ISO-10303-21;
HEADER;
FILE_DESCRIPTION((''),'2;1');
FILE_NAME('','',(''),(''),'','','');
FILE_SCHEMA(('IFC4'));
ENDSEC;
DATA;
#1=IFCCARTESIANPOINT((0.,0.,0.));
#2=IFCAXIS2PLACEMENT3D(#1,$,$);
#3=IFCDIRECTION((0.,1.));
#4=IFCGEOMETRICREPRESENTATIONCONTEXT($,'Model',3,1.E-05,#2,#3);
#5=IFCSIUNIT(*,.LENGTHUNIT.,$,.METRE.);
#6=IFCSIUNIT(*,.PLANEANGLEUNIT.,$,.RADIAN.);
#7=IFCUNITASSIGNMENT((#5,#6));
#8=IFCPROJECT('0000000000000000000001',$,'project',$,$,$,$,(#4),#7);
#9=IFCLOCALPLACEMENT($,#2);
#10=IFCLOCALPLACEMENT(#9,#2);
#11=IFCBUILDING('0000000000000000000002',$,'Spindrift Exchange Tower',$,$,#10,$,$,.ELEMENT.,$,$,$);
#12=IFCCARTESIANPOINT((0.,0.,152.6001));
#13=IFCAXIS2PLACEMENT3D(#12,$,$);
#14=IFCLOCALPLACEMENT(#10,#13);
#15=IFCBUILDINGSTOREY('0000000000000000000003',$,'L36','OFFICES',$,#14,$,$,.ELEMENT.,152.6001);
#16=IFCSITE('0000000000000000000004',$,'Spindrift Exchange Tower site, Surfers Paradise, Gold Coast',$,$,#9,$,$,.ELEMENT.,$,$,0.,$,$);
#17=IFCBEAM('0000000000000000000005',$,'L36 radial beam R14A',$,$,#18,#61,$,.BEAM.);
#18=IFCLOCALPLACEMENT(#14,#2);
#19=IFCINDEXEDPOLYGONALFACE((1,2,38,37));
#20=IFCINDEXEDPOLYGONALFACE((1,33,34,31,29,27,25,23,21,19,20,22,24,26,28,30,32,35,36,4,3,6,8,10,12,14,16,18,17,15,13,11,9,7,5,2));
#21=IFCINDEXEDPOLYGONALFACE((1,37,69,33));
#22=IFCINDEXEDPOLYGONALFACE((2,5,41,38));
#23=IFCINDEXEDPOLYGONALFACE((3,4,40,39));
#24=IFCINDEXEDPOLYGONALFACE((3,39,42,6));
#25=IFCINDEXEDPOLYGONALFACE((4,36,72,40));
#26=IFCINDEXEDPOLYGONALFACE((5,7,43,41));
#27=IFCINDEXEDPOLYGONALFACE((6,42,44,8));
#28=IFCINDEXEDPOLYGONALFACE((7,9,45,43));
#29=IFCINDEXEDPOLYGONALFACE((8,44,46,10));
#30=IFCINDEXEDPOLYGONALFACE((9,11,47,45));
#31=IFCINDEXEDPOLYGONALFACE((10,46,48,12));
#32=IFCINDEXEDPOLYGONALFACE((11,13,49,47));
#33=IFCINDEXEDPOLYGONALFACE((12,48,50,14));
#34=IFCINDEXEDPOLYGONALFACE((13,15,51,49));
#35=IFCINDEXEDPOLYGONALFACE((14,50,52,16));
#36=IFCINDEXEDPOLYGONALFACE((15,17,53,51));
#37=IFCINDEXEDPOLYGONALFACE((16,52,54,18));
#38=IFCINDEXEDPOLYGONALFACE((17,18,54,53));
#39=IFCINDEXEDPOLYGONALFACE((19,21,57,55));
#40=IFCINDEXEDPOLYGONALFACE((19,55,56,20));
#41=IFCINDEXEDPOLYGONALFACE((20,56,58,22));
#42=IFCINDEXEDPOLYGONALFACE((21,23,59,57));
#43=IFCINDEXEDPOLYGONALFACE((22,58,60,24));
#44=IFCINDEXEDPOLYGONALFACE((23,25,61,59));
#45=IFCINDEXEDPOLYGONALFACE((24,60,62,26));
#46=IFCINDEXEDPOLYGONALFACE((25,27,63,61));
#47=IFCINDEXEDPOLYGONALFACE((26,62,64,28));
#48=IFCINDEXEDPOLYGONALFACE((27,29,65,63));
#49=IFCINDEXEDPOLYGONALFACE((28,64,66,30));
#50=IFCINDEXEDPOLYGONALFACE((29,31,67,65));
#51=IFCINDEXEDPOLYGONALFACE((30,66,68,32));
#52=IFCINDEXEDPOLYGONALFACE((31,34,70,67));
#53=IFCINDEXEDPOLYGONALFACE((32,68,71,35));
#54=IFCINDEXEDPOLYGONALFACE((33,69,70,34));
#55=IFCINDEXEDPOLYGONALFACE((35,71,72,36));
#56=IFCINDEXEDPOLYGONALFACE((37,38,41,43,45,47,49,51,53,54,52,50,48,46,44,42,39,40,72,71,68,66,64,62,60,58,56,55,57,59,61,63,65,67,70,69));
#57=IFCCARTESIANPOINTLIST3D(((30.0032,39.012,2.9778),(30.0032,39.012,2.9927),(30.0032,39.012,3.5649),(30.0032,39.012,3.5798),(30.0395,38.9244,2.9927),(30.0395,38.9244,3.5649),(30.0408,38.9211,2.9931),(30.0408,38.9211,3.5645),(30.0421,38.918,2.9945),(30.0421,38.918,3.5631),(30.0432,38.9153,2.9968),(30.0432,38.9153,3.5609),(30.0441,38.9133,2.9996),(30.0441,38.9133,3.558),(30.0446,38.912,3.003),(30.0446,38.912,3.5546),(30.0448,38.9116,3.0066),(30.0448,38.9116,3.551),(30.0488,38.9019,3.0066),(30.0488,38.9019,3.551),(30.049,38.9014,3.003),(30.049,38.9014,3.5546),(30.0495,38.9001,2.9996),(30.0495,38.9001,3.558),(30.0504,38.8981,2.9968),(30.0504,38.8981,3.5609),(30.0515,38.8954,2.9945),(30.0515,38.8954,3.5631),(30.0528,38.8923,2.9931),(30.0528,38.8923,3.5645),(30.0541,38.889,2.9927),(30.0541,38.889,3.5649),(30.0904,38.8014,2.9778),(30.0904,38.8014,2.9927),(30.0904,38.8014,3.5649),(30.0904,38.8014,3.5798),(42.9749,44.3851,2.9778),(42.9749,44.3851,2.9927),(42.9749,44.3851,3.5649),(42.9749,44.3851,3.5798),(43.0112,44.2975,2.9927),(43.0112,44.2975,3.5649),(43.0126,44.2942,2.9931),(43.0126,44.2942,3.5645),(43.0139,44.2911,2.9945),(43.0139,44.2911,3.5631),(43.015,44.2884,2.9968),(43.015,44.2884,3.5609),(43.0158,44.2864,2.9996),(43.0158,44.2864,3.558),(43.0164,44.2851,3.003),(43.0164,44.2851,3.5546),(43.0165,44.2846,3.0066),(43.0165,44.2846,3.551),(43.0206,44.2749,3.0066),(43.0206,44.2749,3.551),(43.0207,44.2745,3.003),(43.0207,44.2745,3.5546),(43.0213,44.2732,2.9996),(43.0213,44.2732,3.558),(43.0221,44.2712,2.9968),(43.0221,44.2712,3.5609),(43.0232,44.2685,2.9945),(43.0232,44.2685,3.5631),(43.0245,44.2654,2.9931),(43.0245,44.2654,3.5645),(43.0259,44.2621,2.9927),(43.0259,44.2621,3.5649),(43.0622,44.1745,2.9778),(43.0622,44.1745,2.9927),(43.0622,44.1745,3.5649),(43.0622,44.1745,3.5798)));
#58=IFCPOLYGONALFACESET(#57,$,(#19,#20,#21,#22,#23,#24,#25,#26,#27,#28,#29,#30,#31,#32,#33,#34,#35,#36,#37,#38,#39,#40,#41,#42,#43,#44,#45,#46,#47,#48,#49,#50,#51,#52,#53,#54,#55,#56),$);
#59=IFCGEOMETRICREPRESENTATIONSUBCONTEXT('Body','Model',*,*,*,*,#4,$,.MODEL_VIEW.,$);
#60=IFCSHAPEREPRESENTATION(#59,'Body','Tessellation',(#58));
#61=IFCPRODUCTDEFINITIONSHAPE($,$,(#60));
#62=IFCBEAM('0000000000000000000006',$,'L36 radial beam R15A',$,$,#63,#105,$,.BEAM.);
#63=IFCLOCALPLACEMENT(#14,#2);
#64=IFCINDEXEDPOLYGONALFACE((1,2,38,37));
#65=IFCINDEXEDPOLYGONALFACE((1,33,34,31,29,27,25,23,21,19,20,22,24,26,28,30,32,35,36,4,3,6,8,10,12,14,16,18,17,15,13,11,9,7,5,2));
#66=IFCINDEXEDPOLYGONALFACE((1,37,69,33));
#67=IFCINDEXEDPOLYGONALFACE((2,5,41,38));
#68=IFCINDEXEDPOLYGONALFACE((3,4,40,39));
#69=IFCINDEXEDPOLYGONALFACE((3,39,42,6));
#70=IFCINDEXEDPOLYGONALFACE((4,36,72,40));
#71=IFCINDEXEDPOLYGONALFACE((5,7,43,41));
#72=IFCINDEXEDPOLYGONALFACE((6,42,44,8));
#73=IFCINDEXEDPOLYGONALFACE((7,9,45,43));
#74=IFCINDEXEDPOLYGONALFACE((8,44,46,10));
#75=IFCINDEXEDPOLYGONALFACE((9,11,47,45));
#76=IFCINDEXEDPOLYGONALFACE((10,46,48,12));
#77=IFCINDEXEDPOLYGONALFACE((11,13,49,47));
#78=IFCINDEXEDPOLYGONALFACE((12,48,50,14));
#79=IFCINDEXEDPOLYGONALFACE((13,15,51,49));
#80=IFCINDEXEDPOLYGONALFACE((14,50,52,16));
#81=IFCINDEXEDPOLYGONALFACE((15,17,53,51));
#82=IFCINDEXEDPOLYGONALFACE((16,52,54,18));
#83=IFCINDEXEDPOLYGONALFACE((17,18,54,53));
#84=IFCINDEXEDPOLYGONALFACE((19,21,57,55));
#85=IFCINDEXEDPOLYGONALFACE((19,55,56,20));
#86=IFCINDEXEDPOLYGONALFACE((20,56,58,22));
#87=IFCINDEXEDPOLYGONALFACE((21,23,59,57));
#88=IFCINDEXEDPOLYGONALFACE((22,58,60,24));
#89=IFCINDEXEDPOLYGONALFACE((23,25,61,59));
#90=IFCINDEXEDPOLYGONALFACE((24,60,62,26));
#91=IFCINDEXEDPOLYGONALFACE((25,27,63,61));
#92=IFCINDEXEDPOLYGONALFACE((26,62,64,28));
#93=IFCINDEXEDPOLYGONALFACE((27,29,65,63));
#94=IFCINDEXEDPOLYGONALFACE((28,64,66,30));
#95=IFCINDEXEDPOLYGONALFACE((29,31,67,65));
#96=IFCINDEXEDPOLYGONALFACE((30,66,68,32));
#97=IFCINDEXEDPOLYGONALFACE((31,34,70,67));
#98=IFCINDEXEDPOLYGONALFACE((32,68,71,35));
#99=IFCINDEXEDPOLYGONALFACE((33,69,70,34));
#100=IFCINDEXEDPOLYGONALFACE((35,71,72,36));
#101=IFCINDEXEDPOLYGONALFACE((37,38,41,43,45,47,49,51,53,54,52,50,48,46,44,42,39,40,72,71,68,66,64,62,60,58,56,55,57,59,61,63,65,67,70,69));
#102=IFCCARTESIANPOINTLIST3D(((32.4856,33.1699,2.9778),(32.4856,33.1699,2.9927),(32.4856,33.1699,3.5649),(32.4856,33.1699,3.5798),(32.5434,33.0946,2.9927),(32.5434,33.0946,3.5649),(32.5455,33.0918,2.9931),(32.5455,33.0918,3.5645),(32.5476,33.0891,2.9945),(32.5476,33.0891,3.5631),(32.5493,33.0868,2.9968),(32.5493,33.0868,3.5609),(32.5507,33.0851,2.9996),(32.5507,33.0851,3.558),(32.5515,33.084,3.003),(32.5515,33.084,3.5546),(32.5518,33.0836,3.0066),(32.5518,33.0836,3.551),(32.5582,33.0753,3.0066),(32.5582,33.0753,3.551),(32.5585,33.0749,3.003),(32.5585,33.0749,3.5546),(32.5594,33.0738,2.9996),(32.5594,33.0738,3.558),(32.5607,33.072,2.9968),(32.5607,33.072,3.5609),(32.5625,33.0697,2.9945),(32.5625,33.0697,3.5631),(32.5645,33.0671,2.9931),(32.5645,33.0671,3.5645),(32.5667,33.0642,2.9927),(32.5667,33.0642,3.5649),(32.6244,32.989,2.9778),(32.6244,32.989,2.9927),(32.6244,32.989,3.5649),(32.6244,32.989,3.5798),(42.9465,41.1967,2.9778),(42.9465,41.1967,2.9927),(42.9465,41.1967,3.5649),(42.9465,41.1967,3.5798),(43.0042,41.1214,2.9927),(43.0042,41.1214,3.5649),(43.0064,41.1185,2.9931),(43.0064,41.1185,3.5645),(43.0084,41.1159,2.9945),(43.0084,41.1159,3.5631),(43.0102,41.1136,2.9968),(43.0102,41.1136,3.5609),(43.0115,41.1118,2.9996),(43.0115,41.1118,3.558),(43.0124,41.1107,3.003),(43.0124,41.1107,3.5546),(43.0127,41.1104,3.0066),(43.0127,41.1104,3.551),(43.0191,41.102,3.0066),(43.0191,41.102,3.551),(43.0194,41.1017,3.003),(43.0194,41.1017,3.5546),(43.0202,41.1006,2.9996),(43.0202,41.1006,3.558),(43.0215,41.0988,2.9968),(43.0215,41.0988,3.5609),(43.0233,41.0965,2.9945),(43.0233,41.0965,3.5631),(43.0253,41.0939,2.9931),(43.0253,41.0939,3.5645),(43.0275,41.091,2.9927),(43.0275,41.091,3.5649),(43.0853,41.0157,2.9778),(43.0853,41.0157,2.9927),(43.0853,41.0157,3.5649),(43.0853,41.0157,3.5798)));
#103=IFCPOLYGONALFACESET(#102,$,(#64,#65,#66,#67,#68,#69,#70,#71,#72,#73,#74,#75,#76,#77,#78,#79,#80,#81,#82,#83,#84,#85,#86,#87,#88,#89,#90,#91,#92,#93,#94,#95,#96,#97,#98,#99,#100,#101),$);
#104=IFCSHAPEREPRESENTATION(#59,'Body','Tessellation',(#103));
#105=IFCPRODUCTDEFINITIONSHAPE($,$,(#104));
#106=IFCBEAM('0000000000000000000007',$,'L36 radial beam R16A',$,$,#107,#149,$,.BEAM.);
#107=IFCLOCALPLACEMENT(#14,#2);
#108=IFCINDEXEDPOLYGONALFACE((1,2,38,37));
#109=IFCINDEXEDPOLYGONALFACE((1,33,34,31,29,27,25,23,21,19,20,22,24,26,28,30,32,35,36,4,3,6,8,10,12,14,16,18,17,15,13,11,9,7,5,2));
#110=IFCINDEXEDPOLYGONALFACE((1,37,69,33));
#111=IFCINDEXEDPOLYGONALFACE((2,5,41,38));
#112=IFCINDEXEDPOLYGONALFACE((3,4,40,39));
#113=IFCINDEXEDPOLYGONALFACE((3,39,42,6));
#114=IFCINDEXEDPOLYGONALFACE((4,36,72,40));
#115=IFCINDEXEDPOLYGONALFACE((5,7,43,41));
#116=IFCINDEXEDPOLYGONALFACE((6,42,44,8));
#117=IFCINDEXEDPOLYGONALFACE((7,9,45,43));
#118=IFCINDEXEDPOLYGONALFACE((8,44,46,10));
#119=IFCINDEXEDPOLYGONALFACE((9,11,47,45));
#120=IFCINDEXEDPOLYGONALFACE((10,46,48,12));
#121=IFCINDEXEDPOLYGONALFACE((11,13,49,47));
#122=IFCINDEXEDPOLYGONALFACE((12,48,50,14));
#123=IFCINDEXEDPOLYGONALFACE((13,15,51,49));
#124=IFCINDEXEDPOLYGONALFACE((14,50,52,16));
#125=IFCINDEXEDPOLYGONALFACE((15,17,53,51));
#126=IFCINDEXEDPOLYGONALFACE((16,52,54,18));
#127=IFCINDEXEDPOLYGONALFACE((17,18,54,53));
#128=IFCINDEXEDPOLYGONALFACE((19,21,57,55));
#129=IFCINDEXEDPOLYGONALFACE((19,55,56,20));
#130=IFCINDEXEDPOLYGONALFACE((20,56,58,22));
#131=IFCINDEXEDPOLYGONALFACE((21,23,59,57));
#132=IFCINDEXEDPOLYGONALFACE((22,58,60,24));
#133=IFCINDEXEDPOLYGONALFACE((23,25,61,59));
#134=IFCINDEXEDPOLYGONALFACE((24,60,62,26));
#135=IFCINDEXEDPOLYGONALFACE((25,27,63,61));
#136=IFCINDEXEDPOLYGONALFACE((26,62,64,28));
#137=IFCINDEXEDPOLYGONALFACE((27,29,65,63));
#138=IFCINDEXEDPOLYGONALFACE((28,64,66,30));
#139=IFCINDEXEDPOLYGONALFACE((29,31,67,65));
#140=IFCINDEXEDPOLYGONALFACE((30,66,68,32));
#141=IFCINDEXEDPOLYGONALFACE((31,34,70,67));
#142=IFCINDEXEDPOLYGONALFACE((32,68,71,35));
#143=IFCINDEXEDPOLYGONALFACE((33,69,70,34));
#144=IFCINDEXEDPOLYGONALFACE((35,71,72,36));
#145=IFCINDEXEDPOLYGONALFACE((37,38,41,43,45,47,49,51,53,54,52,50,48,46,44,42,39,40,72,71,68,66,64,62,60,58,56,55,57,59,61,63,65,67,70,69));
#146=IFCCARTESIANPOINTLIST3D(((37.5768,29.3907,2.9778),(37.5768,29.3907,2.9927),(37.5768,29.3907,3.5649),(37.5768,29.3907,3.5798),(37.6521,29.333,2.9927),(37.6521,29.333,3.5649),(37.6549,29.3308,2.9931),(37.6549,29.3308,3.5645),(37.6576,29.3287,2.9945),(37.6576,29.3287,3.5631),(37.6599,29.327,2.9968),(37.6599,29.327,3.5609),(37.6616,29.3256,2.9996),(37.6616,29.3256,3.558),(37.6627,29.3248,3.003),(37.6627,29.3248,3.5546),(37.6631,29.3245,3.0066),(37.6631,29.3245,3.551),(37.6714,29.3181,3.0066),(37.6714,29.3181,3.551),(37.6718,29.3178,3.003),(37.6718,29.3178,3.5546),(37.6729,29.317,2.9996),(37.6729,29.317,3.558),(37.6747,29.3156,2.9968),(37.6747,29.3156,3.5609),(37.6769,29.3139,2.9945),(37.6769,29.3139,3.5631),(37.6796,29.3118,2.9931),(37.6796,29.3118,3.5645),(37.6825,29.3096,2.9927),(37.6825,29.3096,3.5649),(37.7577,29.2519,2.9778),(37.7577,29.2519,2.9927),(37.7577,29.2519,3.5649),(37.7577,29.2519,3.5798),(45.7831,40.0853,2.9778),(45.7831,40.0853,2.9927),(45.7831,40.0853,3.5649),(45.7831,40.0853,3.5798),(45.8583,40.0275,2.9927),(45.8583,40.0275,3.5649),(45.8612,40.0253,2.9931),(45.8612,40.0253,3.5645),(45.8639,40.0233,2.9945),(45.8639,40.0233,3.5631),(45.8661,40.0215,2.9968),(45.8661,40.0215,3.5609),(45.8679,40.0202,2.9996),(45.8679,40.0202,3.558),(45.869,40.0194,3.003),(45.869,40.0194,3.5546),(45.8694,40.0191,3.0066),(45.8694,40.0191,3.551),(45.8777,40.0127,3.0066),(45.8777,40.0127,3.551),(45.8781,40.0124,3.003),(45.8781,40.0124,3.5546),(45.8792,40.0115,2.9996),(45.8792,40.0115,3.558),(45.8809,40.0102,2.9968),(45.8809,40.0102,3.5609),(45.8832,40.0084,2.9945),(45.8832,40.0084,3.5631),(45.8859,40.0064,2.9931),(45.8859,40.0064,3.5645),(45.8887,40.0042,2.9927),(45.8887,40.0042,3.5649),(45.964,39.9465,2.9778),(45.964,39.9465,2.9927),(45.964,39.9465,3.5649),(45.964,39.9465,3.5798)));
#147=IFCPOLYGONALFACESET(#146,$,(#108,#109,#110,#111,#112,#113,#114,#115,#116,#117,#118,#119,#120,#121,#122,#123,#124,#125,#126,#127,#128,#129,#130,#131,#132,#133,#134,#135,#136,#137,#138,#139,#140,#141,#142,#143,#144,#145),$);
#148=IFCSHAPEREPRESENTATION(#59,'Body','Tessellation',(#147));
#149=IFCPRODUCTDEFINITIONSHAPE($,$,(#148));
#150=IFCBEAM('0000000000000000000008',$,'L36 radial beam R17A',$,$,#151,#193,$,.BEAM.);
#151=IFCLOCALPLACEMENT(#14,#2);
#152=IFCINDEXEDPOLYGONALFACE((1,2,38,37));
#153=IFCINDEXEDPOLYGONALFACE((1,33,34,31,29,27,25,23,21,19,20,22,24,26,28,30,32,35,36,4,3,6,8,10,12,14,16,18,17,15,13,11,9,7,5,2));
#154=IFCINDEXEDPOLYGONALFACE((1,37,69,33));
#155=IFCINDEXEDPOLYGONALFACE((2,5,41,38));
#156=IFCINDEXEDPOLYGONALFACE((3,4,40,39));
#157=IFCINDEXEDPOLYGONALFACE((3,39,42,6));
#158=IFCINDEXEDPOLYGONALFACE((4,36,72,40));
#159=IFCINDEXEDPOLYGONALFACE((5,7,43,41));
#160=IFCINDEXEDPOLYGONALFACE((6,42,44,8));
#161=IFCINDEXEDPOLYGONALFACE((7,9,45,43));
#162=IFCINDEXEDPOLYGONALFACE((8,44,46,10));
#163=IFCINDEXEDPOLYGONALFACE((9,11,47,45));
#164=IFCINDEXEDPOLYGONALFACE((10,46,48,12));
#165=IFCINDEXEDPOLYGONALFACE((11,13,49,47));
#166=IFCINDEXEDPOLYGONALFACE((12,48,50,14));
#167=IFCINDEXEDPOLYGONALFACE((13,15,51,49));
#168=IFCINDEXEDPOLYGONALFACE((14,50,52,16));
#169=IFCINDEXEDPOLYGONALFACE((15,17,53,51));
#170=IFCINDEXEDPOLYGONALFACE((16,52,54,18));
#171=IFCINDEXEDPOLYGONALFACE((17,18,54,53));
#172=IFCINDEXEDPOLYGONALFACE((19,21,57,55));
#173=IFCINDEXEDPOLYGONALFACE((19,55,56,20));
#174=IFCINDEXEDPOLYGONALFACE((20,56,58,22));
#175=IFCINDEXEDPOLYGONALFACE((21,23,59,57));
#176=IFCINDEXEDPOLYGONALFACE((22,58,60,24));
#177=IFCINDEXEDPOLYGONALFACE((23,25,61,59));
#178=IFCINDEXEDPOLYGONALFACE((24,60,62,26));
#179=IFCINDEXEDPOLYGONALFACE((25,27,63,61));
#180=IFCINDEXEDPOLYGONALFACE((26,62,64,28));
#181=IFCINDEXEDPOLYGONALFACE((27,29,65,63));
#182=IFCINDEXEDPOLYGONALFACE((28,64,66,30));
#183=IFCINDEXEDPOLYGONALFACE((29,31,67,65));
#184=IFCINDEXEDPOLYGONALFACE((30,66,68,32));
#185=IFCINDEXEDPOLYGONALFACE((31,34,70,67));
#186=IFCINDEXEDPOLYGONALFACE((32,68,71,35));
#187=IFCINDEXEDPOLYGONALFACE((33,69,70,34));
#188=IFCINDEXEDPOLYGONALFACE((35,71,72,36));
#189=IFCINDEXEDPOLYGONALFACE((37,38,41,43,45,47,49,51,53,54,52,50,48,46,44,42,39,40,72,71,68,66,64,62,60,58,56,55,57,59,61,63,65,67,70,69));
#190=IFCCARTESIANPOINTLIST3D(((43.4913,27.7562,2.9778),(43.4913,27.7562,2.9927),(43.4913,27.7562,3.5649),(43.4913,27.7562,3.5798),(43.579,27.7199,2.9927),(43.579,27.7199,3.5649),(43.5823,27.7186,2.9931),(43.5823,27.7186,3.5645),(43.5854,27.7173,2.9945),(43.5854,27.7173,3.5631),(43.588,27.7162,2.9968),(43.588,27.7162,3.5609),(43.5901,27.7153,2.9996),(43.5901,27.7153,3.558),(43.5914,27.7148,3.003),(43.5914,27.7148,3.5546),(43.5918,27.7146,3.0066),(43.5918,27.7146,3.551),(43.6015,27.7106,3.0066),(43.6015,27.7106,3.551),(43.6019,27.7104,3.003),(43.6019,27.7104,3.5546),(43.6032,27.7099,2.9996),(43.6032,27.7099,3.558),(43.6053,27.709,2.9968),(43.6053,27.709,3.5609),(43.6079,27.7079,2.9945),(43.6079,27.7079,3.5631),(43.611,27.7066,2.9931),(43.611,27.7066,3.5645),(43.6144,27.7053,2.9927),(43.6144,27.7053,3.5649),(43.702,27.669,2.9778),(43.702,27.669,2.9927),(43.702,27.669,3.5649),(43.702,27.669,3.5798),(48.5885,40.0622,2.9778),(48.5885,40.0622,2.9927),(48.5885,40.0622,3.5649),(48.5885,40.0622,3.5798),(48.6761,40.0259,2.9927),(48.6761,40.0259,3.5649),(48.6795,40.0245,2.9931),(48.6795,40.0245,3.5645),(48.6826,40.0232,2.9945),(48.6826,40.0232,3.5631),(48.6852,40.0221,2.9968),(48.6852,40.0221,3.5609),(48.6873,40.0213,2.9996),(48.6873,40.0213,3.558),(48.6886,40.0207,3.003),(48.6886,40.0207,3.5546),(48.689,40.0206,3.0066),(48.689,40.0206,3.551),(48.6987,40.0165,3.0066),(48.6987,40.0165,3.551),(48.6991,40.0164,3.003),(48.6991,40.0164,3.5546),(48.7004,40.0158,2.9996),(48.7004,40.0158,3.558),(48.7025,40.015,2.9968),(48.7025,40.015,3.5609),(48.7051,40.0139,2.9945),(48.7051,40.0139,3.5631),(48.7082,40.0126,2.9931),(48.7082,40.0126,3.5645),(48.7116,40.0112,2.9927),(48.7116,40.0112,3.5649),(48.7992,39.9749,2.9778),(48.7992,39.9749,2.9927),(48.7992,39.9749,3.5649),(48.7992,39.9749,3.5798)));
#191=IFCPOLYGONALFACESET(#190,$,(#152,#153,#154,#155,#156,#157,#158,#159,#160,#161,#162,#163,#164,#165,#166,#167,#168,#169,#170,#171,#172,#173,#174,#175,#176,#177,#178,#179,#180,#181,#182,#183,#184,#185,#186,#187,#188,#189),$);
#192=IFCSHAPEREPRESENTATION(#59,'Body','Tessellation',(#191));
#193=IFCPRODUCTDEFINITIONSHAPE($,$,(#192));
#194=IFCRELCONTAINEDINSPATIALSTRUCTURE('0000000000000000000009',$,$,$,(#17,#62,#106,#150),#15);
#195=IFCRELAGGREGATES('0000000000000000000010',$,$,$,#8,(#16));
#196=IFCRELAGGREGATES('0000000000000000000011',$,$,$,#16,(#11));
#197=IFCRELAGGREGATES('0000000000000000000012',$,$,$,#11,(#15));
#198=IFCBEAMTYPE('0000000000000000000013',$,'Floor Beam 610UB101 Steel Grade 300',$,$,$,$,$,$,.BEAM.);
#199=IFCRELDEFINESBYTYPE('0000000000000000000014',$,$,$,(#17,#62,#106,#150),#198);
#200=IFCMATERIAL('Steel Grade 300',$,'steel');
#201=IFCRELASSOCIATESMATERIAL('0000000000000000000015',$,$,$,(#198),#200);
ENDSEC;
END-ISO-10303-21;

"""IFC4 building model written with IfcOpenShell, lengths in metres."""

from ifc_helpers import new_model, si_unit, direction, frame, origin, origin_2d, place, context, subcontext, project, spatial, i_section, extrude, source, transform, mapped, material, material_profile, profile_set, type_object, element, save


model = new_model("IFC4")

# Units and contexts
model_context = context("Model", 3, precision=1e-05, world=origin(), true_north=direction((0.0, 1.0)))
body_context = subcontext(model_context, "Body", "Model", "MODEL_VIEW")
ifc_project = project(units=[si_unit("LENGTHUNIT", "METRE"), si_unit("PLANEANGLEUNIT", "RADIAN")], contexts=[model_context])

# Site, building, storey
site_placement = place(None, origin())
site = spatial("IfcSite", under=ifc_project, at=site_placement, Name="Spindrift Exchange Tower site, Surfers Paradise, Gold Coast", CompositionType="ELEMENT", RefElevation=0.0)
building_placement = place(site_placement, origin())
building = spatial("IfcBuilding", under=site, at=building_placement, Name="Spindrift Exchange Tower", CompositionType="ELEMENT")
storey_placement = place(building_placement, frame((0.0, 0.0, 152.6001)))
storey = spatial("IfcBuildingStorey", under=building, at=storey_placement, Name="L36", Description="OFFICES", CompositionType="ELEMENT", Elevation=152.6001)

# Beams
ifc_material_1 = material(Name="Steel Grade 300", Category="steel")
ifc_material_profile = material_profile(ifc_material_1, i_section(OverallWidth=0.228, OverallDepth=0.6021, WebThickness=0.0105, FlangeThickness=0.0149, FilletRadius=0.0139, at=origin_2d()), Name="610UB101")
ifc_profile_set = profile_set([ifc_material_profile], Name="Steel Grade 300")
beam_type = type_object("IfcBeamType", Name="Floor Beam 610UB101 Steel Grade 300", PredefinedType="BEAM", material=ifc_profile_set)
shared_shape_1 = source(origin(), body_context, "Body", "SweptSolid", [
    extrude(i_section(OverallWidth=0.228, OverallDepth=0.6021, WebThickness=0.0105, FlangeThickness=0.0149, FilletRadius=0.0139, at=origin_2d()), origin(), (0.0, 0.0, 1.0), 14.0405),
])
beam_1_placement = place(storey_placement, frame((43.0186, 44.2798, 3.2788), z_axis=(-0.92388, -0.382684, 0.0), x_axis=(0.382684, -0.92388, 0.0)))
element("IfcBeam", 1, at=beam_1_placement, inside=storey, type_object=beam_type, Name="L36 radial beam R14A", PredefinedType="BEAM", context=body_context, shape_type="MappedRepresentation", body=[
    mapped(shared_shape_1, transform((0.0, 0.0, 0.0), scale=1.0)),
])
shared_shape_2 = source(origin(), body_context, "Body", "SweptSolid", [
    extrude(i_section(OverallWidth=0.228, OverallDepth=0.6021, WebThickness=0.0105, FlangeThickness=0.0149, FilletRadius=0.0139, at=origin_2d()), origin(), (0.0, 0.0, 1.0), 13.1855),
])
beam_2_placement = place(storey_placement, frame((43.0159, 41.1062, 3.2788), z_axis=(-0.793357, -0.608756, 0.0), x_axis=(0.608756, -0.793357, 0.0)))
element("IfcBeam", 2, at=beam_2_placement, inside=storey, type_object=beam_type, Name="L36 radial beam R15A", PredefinedType="BEAM", context=body_context, shape_type="MappedRepresentation", body=[
    mapped(shared_shape_2, transform((0.0, 0.0, 0.0), scale=1.0)),
])
shared_shape_3 = source(origin(), body_context, "Body", "SweptSolid", [
    extrude(i_section(OverallWidth=0.228, OverallDepth=0.6021, WebThickness=0.0105, FlangeThickness=0.0149, FilletRadius=0.0139, at=origin_2d()), origin(), (0.0, 0.0, 1.0), 13.4802),
])
beam_3_placement = place(storey_placement, frame((45.8735, 40.0159, 3.2788), z_axis=(-0.608764, -0.793351, 0.0), x_axis=(0.793351, -0.608764, 0.0)))
element("IfcBeam", 3, at=beam_3_placement, inside=storey, type_object=beam_type, Name="L36 radial beam R16A", PredefinedType="BEAM", context=body_context, shape_type="MappedRepresentation", body=[
    mapped(shared_shape_3, transform((0.0, 0.0, 0.0), scale=1.0)),
])
shared_shape_4 = source(origin(), body_context, "Body", "SweptSolid", [
    extrude(i_section(OverallWidth=0.228, OverallDepth=0.6021, WebThickness=0.0105, FlangeThickness=0.0149, FilletRadius=0.0139, at=origin_2d()), origin(), (0.0, 0.0, 1.0), 13.3198),
])
beam_4_placement = place(storey_placement, frame((48.6938, 40.0186, 3.2788), z_axis=(-0.382677, -0.923882, 0.0), x_axis=(0.923882, -0.382677, 0.0)))
element("IfcBeam", 4, at=beam_4_placement, inside=storey, type_object=beam_type, Name="L36 radial beam R17A", PredefinedType="BEAM", context=body_context, shape_type="MappedRepresentation", body=[
    mapped(shared_shape_4, transform((0.0, 0.0, 0.0), scale=1.0)),
])

save(model, "model.ifc")
